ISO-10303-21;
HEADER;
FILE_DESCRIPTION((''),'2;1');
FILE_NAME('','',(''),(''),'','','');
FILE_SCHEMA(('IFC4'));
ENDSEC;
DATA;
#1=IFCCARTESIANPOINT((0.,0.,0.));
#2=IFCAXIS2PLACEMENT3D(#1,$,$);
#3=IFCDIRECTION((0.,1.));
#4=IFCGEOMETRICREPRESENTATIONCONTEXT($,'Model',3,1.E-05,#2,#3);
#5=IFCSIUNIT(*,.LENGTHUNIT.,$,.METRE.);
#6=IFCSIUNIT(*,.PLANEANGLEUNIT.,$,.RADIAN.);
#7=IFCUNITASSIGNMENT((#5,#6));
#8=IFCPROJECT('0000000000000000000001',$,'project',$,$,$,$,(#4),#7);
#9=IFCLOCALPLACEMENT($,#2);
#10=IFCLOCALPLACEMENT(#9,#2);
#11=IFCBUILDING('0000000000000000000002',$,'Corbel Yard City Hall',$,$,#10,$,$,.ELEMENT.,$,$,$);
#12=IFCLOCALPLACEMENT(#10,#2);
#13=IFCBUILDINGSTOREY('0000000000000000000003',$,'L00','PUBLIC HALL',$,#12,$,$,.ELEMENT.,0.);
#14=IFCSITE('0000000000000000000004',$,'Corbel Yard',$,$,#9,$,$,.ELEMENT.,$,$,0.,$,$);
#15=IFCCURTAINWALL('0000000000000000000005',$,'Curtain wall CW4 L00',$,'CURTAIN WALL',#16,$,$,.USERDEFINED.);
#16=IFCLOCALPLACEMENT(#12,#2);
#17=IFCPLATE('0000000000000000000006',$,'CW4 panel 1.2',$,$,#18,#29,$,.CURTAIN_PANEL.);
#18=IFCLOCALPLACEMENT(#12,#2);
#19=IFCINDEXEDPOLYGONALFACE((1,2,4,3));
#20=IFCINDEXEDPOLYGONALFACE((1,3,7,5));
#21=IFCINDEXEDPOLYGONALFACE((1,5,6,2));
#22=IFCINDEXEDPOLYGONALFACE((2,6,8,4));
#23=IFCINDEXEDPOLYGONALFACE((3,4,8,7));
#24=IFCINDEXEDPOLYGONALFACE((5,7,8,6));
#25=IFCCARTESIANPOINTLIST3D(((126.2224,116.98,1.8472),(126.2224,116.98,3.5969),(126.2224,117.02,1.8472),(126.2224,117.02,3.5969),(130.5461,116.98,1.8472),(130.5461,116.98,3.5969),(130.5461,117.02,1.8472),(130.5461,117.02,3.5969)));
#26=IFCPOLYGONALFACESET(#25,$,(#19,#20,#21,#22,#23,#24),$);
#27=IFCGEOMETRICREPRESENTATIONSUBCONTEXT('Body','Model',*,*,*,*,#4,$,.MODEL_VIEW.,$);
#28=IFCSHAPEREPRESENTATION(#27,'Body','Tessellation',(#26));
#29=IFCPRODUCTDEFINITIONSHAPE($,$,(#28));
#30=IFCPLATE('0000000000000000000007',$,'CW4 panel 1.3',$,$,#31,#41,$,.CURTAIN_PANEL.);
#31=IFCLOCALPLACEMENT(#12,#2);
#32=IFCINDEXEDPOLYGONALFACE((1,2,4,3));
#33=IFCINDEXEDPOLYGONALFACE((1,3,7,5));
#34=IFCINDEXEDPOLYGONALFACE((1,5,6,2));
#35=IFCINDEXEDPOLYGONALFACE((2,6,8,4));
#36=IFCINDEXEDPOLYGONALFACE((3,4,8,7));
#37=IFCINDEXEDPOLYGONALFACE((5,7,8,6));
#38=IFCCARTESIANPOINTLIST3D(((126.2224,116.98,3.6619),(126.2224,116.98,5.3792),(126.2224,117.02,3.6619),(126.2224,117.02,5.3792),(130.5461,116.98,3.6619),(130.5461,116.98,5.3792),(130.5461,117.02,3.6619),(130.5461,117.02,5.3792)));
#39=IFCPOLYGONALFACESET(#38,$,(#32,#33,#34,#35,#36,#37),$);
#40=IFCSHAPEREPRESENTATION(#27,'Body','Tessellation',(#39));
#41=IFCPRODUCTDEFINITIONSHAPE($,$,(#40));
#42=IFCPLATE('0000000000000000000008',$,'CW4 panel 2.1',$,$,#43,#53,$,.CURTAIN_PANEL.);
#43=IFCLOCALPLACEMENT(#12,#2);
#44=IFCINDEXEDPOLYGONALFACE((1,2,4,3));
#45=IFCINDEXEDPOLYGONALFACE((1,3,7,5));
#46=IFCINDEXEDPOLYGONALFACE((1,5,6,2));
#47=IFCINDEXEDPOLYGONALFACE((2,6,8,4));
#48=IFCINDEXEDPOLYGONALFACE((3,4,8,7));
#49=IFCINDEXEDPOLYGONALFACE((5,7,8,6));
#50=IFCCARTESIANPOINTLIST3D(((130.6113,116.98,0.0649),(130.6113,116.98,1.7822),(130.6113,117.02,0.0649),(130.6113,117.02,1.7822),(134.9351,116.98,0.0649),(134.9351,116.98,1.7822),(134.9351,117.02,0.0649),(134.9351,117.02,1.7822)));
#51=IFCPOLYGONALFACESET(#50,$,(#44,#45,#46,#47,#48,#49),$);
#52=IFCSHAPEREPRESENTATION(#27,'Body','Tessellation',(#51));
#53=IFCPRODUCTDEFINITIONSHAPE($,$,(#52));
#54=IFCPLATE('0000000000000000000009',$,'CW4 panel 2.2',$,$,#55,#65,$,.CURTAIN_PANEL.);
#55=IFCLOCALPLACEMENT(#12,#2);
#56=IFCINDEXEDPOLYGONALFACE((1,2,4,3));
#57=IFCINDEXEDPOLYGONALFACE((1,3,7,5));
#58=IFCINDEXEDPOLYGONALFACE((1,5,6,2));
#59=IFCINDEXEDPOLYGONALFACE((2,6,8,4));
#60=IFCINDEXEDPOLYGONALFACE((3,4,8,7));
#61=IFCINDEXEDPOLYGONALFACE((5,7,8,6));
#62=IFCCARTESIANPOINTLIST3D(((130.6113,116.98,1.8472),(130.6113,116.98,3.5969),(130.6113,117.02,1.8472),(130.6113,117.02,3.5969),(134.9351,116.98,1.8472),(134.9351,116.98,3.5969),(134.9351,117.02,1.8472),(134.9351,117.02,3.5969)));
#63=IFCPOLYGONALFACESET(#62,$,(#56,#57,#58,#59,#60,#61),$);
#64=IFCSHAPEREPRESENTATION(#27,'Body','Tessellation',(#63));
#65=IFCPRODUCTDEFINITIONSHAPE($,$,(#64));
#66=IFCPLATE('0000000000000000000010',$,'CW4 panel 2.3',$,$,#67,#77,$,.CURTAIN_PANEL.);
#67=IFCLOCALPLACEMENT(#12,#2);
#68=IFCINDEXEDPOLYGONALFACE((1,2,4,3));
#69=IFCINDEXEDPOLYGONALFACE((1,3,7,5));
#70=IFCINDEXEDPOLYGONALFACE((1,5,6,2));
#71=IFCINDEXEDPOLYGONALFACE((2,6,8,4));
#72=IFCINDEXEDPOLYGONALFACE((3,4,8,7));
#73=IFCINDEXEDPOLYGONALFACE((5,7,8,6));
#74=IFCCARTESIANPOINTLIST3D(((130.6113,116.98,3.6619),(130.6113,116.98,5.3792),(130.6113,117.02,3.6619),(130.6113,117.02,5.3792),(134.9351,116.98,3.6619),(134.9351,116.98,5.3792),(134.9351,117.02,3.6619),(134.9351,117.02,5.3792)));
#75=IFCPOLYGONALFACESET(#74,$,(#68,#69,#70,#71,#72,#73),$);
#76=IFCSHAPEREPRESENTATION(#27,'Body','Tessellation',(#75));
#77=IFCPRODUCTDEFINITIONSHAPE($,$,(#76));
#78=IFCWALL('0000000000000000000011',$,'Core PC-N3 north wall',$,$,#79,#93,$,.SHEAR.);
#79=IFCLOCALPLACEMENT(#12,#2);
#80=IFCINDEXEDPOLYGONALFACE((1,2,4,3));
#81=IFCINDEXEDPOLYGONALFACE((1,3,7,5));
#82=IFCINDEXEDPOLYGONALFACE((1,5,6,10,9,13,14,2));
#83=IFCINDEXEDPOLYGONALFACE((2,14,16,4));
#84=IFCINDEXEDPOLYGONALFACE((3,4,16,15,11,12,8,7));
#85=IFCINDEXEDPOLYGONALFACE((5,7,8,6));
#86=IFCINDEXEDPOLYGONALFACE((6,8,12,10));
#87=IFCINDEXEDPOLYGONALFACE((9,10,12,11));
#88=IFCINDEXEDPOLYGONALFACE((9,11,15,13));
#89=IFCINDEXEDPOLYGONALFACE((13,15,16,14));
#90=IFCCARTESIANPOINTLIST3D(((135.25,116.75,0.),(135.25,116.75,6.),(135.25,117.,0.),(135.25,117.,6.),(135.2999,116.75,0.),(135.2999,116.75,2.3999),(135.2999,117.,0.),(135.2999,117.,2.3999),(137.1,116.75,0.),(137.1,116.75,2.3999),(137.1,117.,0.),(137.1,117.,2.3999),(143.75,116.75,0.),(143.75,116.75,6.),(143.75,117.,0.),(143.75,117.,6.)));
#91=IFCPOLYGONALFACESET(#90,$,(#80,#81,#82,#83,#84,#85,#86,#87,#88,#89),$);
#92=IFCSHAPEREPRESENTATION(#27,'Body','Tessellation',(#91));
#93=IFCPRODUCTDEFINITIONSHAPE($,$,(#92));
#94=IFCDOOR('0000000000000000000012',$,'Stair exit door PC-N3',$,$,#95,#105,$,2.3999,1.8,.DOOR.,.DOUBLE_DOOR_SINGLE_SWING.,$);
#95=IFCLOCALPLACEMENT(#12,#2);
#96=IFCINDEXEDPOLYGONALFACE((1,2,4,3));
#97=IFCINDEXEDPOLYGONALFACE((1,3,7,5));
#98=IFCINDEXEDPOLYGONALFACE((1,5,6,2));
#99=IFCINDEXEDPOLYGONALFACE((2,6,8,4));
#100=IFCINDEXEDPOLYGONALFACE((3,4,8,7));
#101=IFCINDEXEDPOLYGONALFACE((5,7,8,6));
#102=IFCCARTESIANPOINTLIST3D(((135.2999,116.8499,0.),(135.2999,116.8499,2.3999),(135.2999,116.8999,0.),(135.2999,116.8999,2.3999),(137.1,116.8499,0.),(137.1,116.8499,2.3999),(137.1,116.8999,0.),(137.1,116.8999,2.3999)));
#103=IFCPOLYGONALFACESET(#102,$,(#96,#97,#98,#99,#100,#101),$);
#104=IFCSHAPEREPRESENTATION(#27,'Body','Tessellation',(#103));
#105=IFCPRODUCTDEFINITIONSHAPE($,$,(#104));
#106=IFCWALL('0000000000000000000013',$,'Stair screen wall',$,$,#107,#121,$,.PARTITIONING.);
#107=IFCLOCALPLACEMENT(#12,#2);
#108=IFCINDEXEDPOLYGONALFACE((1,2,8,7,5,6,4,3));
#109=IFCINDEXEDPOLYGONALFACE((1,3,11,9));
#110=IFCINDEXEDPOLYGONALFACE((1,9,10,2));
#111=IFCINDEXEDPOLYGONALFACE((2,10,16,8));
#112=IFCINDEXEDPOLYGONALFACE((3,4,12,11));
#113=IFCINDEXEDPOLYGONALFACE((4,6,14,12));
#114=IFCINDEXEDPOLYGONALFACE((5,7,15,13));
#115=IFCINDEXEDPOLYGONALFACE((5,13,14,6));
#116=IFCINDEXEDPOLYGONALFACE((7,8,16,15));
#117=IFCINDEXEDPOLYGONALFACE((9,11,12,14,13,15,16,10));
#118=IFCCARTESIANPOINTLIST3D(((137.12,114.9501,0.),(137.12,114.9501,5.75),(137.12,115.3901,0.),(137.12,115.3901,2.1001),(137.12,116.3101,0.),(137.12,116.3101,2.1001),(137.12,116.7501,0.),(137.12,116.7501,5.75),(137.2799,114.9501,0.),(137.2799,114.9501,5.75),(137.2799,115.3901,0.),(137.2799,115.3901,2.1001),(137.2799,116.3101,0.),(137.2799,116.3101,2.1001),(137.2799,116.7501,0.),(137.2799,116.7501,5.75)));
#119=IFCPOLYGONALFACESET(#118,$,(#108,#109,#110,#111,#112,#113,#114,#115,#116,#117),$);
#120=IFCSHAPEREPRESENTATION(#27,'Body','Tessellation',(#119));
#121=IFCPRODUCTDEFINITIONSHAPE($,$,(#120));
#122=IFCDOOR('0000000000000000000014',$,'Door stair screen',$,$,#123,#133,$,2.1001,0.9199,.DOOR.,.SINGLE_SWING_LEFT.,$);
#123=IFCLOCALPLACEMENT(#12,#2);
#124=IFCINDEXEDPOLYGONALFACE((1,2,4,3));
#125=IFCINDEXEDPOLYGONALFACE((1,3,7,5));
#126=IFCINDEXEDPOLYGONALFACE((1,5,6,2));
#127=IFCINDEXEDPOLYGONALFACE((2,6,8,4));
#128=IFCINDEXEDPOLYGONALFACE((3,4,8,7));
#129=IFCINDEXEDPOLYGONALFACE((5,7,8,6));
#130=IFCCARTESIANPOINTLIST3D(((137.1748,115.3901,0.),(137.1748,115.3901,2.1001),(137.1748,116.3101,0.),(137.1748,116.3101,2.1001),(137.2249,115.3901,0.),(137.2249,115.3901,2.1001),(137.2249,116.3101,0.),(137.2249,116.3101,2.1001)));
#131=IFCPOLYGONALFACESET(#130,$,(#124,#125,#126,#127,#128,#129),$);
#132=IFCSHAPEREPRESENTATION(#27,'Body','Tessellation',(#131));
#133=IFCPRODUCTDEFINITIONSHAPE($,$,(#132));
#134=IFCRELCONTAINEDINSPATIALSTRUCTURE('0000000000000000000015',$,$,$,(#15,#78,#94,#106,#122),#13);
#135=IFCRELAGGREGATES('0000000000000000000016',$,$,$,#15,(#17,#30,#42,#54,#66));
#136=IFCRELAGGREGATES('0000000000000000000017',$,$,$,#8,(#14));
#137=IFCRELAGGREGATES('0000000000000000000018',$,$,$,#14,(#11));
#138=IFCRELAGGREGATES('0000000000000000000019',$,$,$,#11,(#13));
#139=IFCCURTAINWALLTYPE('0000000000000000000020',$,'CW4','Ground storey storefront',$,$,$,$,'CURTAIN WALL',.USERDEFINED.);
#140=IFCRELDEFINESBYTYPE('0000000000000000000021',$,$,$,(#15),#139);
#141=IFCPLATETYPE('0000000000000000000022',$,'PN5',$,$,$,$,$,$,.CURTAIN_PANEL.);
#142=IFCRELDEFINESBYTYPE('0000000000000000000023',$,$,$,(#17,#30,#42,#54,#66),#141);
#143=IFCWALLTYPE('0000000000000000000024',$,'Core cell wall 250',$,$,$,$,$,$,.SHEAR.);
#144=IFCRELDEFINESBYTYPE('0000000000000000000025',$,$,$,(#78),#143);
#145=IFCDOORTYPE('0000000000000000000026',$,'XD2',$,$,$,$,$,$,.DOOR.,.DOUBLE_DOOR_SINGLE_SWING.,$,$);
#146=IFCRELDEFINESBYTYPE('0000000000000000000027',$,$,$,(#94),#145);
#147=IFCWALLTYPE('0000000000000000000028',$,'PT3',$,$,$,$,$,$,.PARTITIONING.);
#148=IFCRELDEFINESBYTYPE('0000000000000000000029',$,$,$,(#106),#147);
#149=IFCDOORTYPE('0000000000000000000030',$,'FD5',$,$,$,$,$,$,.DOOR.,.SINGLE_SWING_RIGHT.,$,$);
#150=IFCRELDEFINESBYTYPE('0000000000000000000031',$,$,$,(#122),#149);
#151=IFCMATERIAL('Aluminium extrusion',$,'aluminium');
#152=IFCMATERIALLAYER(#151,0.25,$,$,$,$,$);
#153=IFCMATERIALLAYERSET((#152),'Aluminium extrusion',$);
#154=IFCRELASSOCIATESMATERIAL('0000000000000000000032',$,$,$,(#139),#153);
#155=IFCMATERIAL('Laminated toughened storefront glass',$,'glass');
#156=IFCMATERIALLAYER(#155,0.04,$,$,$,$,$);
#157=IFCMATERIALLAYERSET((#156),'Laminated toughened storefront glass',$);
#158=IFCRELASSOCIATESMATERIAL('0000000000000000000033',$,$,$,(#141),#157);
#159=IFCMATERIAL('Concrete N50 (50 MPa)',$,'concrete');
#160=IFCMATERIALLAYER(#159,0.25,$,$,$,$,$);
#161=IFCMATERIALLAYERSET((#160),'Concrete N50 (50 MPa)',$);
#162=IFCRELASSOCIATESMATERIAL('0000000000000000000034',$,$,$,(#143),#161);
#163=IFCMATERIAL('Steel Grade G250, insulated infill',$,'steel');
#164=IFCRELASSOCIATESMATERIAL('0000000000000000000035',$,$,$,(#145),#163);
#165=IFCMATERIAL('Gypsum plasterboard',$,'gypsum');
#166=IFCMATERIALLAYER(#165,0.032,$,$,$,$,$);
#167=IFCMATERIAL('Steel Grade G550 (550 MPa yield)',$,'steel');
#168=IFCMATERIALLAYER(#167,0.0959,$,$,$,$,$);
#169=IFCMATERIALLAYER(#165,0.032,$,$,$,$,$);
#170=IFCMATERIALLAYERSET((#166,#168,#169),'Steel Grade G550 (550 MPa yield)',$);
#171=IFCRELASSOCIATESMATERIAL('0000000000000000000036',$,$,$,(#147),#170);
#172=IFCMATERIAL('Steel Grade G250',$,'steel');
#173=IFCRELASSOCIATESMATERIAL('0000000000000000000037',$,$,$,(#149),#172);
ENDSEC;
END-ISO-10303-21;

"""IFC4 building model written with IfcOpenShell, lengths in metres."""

from ifc_helpers import new_model, si_unit, direction, frame, frame_2d, origin, origin_2d, place, context, subcontext, project, spatial, rectangle, extrude, material, layer, layer_set, type_object, element, fill, aggregate, save


model = new_model("IFC4")

# Units and contexts
model_context = context("Model", 3, precision=1e-05, world=origin(), true_north=direction((0.0, 1.0)))
body_context = subcontext(model_context, "Body", "Model", "MODEL_VIEW")
ifc_project = project(units=[si_unit("LENGTHUNIT", "METRE"), si_unit("PLANEANGLEUNIT", "RADIAN")], contexts=[model_context])

# Site, building, storey
site_placement = place(None, origin())
site = spatial("IfcSite", under=ifc_project, at=site_placement, Name="Corbel Yard", CompositionType="ELEMENT", RefElevation=0.0)
building_placement = place(site_placement, origin())
building = spatial("IfcBuilding", under=site, at=building_placement, Name="Corbel Yard City Hall", CompositionType="ELEMENT")
storey_placement = place(building_placement, origin())
storey = spatial("IfcBuildingStorey", under=building, at=storey_placement, Name="L00", Description="PUBLIC HALL", CompositionType="ELEMENT", Elevation=0.0)

# Curtain wall, plates
ifc_material_1 = material(Name="Aluminium extrusion", Category="aluminium")
ifc_layer_1 = layer(ifc_material_1, 0.25)
ifc_layer_set_1 = layer_set([ifc_layer_1], Name="Aluminium extrusion")
curtain_wall_type = type_object("IfcCurtainWallType", Name="CW4", Description="Ground storey storefront", ElementType="CURTAIN WALL", PredefinedType="USERDEFINED", material=ifc_layer_set_1)
curtain_wall_placement = place(storey_placement, origin())
curtain_wall = element("IfcCurtainWall", 1, at=curtain_wall_placement, inside=storey, type_object=curtain_wall_type, Name="Curtain wall CW4 L00", ObjectType="CURTAIN WALL", PredefinedType="USERDEFINED")
ifc_material_2 = material(Name="Laminated toughened storefront glass", Category="glass")
ifc_layer_2 = layer(ifc_material_2, 0.04)
ifc_layer_set_2 = layer_set([ifc_layer_2], Name="Laminated toughened storefront glass")
plate_type = type_object("IfcPlateType", Name="PN5", PredefinedType="CURTAIN_PANEL", material=ifc_layer_set_2)
plate_1_placement = place(storey_placement, frame((128.3843, 117.0, 1.8472), z_axis=(0.0, 0.0, 1.0), x_axis=(1.0, 0.0, 0.0)))
plate_1 = element("IfcPlate", 2, at=plate_1_placement, type_object=plate_type, Name="CW4 panel 1.2", PredefinedType="CURTAIN_PANEL", context=body_context, shape_type="SweptSolid", body=[
    extrude(rectangle(XDim=4.3237, YDim=0.04, at=origin_2d()), origin(), (0.0, 0.0, 1.0), 1.7498),
])
plate_2_placement = place(storey_placement, frame((128.3843, 117.0, 3.6619), z_axis=(0.0, 0.0, 1.0), x_axis=(1.0, 0.0, 0.0)))
plate_2 = element("IfcPlate", 3, at=plate_2_placement, type_object=plate_type, Name="CW4 panel 1.3", PredefinedType="CURTAIN_PANEL", context=body_context, shape_type="SweptSolid", body=[
    extrude(rectangle(XDim=4.3237, YDim=0.04, at=origin_2d()), origin(), (0.0, 0.0, 1.0), 1.7173),
])
plate_3_placement = place(storey_placement, frame((132.7732, 117.0, 0.0649), z_axis=(0.0, 0.0, 1.0), x_axis=(1.0, 0.0, 0.0)))
plate_3 = element("IfcPlate", 4, at=plate_3_placement, type_object=plate_type, Name="CW4 panel 2.1", PredefinedType="CURTAIN_PANEL", context=body_context, shape_type="SweptSolid", body=[
    extrude(rectangle(XDim=4.3237, YDim=0.04, at=origin_2d()), origin(), (0.0, 0.0, 1.0), 1.7173),
])
plate_4_placement = place(storey_placement, frame((132.7732, 117.0, 1.8472), z_axis=(0.0, 0.0, 1.0), x_axis=(1.0, 0.0, 0.0)))
plate_4 = element("IfcPlate", 5, at=plate_4_placement, type_object=plate_type, Name="CW4 panel 2.2", PredefinedType="CURTAIN_PANEL", context=body_context, shape_type="SweptSolid", body=[
    extrude(rectangle(XDim=4.3237, YDim=0.04, at=origin_2d()), origin(), (0.0, 0.0, 1.0), 1.7498),
])
plate_5_placement = place(storey_placement, frame((132.7732, 117.0, 3.6619), z_axis=(0.0, 0.0, 1.0), x_axis=(1.0, 0.0, 0.0)))
plate_5 = element("IfcPlate", 6, at=plate_5_placement, type_object=plate_type, Name="CW4 panel 2.3", PredefinedType="CURTAIN_PANEL", context=body_context, shape_type="SweptSolid", body=[
    extrude(rectangle(XDim=4.3237, YDim=0.04, at=origin_2d()), origin(), (0.0, 0.0, 1.0), 1.7173),
])
aggregate(curtain_wall, [plate_1, plate_2, plate_3, plate_4, plate_5])

# Walls, openings, doors
ifc_material_3 = material(Name="Concrete N50 (50 MPa)", Category="concrete")
ifc_layer_3 = layer(ifc_material_3, 0.25)
ifc_layer_set_3 = layer_set([ifc_layer_3], Name="Concrete N50 (50 MPa)")
wall_type_1 = type_object("IfcWallType", Name="Core cell wall 250", PredefinedType="SHEAR", material=ifc_layer_set_3)
wall_1_placement = place(storey_placement, frame((135.25, 116.875, 0.0), z_axis=(0.0, 0.0, 1.0), x_axis=(1.0, 0.0, 0.0)))
wall_1 = element("IfcWall", 7, at=wall_1_placement, inside=storey, type_object=wall_type_1, Name="Core PC-N3 north wall", PredefinedType="SHEAR", context=body_context, shape_type="SweptSolid", body=[
    extrude(rectangle(XDim=8.5, YDim=0.25, at=frame_2d((4.25, 0.0))), origin(), (0.0, 0.0, 1.0), 6.0),
])
opening_1_placement = place(wall_1_placement, frame((0.05, 0.0, 0.0)))
opening_1 = element("IfcOpeningElement", 8, at=opening_1_placement, cuts=wall_1, PredefinedType="OPENING", context=body_context, shape_type="SweptSolid", body=[
    extrude(rectangle(XDim=1.8, YDim=2.3999, at=frame_2d((0.8999, 1.2))), frame((0.0, 0.135, 0.0), z_axis=(0.0, -1.0, 0.0), x_axis=(1.0, 0.0, 0.0)), (0.0, 0.0, 1.0), 0.27),
])
ifc_material_4 = material(Name="Steel Grade G250, insulated infill", Category="steel")
door_type_1 = type_object("IfcDoorType", Name="XD2", OperationType="DOUBLE_DOOR_SINGLE_SWING", PredefinedType="DOOR", material=ifc_material_4)
door_1_placement = place(opening_1_placement, origin())
door_1 = element("IfcDoor", 9, at=door_1_placement, inside=storey, type_object=door_type_1, Name="Stair exit door PC-N3", OperationType="DOUBLE_DOOR_SINGLE_SWING", OverallHeight=2.3999, OverallWidth=1.8, PredefinedType="DOOR", context=body_context, shape_type="SweptSolid", body=[
    extrude(rectangle(XDim=1.8, YDim=2.3999, at=frame_2d((0.8999, 1.2))), frame((0.0, 0.0249, 0.0), z_axis=(0.0, -1.0, 0.0), x_axis=(1.0, 0.0, 0.0)), (0.0, 0.0, 1.0), 0.05),
])
fill(opening_1, door_1)
ifc_material_5 = material(Name="Gypsum plasterboard", Category="gypsum")
ifc_layer_4 = layer(ifc_material_5, 0.032)
ifc_material_6 = material(Name="Steel Grade G550 (550 MPa yield)", Category="steel")
ifc_layer_5 = layer(ifc_material_6, 0.0959)
ifc_layer_6 = layer(ifc_material_5, 0.032)
ifc_layer_set_4 = layer_set([ifc_layer_4, ifc_layer_5, ifc_layer_6], Name="Steel Grade G550 (550 MPa yield)")
wall_type_2 = type_object("IfcWallType", Name="PT3", PredefinedType="PARTITIONING", material=ifc_layer_set_4)
wall_2_placement = place(storey_placement, frame((137.2, 116.75, 0.0), z_axis=(0.0, 0.0, 1.0), x_axis=(0.0, -1.0, 0.0)))
wall_2 = element("IfcWall", 10, at=wall_2_placement, inside=storey, type_object=wall_type_2, Name="Stair screen wall", PredefinedType="PARTITIONING", context=body_context, shape_type="SweptSolid", body=[
    extrude(rectangle(XDim=1.8, YDim=0.1599, at=frame_2d((0.8999, 0.0))), origin(), (0.0, 0.0, 1.0), 5.75),
])
opening_2_placement = place(wall_2_placement, frame((0.4399, 0.0, 0.0)))
opening_2 = element("IfcOpeningElement", 11, at=opening_2_placement, cuts=wall_2, PredefinedType="OPENING", context=body_context, shape_type="SweptSolid", body=[
    extrude(rectangle(XDim=0.9199, YDim=2.1001, at=frame_2d((0.46, 1.05))), frame((0.0, 0.0898, 0.0), z_axis=(0.0, -1.0, 0.0), x_axis=(1.0, 0.0, 0.0)), (0.0, 0.0, 1.0), 0.1799),
])
ifc_material_7 = material(Name="Steel Grade G250", Category="steel")
door_type_2 = type_object("IfcDoorType", Name="FD5", OperationType="SINGLE_SWING_RIGHT", PredefinedType="DOOR", material=ifc_material_7)
door_2_placement = place(opening_2_placement, origin())
door_2 = element("IfcDoor", 12, at=door_2_placement, inside=storey, type_object=door_type_2, Name="Door stair screen", OperationType="SINGLE_SWING_LEFT", OverallHeight=2.1001, OverallWidth=0.9199, PredefinedType="DOOR", context=body_context, shape_type="SweptSolid", body=[
    extrude(rectangle(XDim=0.9199, YDim=2.1001, at=frame_2d((0.46, 1.05))), frame((0.0, 0.0249, 0.0), z_axis=(0.0, -1.0, 0.0), x_axis=(1.0, 0.0, 0.0)), (0.0, 0.0, 1.0), 0.05),
])
fill(opening_2, door_2)

save(model, "model.ifc")
